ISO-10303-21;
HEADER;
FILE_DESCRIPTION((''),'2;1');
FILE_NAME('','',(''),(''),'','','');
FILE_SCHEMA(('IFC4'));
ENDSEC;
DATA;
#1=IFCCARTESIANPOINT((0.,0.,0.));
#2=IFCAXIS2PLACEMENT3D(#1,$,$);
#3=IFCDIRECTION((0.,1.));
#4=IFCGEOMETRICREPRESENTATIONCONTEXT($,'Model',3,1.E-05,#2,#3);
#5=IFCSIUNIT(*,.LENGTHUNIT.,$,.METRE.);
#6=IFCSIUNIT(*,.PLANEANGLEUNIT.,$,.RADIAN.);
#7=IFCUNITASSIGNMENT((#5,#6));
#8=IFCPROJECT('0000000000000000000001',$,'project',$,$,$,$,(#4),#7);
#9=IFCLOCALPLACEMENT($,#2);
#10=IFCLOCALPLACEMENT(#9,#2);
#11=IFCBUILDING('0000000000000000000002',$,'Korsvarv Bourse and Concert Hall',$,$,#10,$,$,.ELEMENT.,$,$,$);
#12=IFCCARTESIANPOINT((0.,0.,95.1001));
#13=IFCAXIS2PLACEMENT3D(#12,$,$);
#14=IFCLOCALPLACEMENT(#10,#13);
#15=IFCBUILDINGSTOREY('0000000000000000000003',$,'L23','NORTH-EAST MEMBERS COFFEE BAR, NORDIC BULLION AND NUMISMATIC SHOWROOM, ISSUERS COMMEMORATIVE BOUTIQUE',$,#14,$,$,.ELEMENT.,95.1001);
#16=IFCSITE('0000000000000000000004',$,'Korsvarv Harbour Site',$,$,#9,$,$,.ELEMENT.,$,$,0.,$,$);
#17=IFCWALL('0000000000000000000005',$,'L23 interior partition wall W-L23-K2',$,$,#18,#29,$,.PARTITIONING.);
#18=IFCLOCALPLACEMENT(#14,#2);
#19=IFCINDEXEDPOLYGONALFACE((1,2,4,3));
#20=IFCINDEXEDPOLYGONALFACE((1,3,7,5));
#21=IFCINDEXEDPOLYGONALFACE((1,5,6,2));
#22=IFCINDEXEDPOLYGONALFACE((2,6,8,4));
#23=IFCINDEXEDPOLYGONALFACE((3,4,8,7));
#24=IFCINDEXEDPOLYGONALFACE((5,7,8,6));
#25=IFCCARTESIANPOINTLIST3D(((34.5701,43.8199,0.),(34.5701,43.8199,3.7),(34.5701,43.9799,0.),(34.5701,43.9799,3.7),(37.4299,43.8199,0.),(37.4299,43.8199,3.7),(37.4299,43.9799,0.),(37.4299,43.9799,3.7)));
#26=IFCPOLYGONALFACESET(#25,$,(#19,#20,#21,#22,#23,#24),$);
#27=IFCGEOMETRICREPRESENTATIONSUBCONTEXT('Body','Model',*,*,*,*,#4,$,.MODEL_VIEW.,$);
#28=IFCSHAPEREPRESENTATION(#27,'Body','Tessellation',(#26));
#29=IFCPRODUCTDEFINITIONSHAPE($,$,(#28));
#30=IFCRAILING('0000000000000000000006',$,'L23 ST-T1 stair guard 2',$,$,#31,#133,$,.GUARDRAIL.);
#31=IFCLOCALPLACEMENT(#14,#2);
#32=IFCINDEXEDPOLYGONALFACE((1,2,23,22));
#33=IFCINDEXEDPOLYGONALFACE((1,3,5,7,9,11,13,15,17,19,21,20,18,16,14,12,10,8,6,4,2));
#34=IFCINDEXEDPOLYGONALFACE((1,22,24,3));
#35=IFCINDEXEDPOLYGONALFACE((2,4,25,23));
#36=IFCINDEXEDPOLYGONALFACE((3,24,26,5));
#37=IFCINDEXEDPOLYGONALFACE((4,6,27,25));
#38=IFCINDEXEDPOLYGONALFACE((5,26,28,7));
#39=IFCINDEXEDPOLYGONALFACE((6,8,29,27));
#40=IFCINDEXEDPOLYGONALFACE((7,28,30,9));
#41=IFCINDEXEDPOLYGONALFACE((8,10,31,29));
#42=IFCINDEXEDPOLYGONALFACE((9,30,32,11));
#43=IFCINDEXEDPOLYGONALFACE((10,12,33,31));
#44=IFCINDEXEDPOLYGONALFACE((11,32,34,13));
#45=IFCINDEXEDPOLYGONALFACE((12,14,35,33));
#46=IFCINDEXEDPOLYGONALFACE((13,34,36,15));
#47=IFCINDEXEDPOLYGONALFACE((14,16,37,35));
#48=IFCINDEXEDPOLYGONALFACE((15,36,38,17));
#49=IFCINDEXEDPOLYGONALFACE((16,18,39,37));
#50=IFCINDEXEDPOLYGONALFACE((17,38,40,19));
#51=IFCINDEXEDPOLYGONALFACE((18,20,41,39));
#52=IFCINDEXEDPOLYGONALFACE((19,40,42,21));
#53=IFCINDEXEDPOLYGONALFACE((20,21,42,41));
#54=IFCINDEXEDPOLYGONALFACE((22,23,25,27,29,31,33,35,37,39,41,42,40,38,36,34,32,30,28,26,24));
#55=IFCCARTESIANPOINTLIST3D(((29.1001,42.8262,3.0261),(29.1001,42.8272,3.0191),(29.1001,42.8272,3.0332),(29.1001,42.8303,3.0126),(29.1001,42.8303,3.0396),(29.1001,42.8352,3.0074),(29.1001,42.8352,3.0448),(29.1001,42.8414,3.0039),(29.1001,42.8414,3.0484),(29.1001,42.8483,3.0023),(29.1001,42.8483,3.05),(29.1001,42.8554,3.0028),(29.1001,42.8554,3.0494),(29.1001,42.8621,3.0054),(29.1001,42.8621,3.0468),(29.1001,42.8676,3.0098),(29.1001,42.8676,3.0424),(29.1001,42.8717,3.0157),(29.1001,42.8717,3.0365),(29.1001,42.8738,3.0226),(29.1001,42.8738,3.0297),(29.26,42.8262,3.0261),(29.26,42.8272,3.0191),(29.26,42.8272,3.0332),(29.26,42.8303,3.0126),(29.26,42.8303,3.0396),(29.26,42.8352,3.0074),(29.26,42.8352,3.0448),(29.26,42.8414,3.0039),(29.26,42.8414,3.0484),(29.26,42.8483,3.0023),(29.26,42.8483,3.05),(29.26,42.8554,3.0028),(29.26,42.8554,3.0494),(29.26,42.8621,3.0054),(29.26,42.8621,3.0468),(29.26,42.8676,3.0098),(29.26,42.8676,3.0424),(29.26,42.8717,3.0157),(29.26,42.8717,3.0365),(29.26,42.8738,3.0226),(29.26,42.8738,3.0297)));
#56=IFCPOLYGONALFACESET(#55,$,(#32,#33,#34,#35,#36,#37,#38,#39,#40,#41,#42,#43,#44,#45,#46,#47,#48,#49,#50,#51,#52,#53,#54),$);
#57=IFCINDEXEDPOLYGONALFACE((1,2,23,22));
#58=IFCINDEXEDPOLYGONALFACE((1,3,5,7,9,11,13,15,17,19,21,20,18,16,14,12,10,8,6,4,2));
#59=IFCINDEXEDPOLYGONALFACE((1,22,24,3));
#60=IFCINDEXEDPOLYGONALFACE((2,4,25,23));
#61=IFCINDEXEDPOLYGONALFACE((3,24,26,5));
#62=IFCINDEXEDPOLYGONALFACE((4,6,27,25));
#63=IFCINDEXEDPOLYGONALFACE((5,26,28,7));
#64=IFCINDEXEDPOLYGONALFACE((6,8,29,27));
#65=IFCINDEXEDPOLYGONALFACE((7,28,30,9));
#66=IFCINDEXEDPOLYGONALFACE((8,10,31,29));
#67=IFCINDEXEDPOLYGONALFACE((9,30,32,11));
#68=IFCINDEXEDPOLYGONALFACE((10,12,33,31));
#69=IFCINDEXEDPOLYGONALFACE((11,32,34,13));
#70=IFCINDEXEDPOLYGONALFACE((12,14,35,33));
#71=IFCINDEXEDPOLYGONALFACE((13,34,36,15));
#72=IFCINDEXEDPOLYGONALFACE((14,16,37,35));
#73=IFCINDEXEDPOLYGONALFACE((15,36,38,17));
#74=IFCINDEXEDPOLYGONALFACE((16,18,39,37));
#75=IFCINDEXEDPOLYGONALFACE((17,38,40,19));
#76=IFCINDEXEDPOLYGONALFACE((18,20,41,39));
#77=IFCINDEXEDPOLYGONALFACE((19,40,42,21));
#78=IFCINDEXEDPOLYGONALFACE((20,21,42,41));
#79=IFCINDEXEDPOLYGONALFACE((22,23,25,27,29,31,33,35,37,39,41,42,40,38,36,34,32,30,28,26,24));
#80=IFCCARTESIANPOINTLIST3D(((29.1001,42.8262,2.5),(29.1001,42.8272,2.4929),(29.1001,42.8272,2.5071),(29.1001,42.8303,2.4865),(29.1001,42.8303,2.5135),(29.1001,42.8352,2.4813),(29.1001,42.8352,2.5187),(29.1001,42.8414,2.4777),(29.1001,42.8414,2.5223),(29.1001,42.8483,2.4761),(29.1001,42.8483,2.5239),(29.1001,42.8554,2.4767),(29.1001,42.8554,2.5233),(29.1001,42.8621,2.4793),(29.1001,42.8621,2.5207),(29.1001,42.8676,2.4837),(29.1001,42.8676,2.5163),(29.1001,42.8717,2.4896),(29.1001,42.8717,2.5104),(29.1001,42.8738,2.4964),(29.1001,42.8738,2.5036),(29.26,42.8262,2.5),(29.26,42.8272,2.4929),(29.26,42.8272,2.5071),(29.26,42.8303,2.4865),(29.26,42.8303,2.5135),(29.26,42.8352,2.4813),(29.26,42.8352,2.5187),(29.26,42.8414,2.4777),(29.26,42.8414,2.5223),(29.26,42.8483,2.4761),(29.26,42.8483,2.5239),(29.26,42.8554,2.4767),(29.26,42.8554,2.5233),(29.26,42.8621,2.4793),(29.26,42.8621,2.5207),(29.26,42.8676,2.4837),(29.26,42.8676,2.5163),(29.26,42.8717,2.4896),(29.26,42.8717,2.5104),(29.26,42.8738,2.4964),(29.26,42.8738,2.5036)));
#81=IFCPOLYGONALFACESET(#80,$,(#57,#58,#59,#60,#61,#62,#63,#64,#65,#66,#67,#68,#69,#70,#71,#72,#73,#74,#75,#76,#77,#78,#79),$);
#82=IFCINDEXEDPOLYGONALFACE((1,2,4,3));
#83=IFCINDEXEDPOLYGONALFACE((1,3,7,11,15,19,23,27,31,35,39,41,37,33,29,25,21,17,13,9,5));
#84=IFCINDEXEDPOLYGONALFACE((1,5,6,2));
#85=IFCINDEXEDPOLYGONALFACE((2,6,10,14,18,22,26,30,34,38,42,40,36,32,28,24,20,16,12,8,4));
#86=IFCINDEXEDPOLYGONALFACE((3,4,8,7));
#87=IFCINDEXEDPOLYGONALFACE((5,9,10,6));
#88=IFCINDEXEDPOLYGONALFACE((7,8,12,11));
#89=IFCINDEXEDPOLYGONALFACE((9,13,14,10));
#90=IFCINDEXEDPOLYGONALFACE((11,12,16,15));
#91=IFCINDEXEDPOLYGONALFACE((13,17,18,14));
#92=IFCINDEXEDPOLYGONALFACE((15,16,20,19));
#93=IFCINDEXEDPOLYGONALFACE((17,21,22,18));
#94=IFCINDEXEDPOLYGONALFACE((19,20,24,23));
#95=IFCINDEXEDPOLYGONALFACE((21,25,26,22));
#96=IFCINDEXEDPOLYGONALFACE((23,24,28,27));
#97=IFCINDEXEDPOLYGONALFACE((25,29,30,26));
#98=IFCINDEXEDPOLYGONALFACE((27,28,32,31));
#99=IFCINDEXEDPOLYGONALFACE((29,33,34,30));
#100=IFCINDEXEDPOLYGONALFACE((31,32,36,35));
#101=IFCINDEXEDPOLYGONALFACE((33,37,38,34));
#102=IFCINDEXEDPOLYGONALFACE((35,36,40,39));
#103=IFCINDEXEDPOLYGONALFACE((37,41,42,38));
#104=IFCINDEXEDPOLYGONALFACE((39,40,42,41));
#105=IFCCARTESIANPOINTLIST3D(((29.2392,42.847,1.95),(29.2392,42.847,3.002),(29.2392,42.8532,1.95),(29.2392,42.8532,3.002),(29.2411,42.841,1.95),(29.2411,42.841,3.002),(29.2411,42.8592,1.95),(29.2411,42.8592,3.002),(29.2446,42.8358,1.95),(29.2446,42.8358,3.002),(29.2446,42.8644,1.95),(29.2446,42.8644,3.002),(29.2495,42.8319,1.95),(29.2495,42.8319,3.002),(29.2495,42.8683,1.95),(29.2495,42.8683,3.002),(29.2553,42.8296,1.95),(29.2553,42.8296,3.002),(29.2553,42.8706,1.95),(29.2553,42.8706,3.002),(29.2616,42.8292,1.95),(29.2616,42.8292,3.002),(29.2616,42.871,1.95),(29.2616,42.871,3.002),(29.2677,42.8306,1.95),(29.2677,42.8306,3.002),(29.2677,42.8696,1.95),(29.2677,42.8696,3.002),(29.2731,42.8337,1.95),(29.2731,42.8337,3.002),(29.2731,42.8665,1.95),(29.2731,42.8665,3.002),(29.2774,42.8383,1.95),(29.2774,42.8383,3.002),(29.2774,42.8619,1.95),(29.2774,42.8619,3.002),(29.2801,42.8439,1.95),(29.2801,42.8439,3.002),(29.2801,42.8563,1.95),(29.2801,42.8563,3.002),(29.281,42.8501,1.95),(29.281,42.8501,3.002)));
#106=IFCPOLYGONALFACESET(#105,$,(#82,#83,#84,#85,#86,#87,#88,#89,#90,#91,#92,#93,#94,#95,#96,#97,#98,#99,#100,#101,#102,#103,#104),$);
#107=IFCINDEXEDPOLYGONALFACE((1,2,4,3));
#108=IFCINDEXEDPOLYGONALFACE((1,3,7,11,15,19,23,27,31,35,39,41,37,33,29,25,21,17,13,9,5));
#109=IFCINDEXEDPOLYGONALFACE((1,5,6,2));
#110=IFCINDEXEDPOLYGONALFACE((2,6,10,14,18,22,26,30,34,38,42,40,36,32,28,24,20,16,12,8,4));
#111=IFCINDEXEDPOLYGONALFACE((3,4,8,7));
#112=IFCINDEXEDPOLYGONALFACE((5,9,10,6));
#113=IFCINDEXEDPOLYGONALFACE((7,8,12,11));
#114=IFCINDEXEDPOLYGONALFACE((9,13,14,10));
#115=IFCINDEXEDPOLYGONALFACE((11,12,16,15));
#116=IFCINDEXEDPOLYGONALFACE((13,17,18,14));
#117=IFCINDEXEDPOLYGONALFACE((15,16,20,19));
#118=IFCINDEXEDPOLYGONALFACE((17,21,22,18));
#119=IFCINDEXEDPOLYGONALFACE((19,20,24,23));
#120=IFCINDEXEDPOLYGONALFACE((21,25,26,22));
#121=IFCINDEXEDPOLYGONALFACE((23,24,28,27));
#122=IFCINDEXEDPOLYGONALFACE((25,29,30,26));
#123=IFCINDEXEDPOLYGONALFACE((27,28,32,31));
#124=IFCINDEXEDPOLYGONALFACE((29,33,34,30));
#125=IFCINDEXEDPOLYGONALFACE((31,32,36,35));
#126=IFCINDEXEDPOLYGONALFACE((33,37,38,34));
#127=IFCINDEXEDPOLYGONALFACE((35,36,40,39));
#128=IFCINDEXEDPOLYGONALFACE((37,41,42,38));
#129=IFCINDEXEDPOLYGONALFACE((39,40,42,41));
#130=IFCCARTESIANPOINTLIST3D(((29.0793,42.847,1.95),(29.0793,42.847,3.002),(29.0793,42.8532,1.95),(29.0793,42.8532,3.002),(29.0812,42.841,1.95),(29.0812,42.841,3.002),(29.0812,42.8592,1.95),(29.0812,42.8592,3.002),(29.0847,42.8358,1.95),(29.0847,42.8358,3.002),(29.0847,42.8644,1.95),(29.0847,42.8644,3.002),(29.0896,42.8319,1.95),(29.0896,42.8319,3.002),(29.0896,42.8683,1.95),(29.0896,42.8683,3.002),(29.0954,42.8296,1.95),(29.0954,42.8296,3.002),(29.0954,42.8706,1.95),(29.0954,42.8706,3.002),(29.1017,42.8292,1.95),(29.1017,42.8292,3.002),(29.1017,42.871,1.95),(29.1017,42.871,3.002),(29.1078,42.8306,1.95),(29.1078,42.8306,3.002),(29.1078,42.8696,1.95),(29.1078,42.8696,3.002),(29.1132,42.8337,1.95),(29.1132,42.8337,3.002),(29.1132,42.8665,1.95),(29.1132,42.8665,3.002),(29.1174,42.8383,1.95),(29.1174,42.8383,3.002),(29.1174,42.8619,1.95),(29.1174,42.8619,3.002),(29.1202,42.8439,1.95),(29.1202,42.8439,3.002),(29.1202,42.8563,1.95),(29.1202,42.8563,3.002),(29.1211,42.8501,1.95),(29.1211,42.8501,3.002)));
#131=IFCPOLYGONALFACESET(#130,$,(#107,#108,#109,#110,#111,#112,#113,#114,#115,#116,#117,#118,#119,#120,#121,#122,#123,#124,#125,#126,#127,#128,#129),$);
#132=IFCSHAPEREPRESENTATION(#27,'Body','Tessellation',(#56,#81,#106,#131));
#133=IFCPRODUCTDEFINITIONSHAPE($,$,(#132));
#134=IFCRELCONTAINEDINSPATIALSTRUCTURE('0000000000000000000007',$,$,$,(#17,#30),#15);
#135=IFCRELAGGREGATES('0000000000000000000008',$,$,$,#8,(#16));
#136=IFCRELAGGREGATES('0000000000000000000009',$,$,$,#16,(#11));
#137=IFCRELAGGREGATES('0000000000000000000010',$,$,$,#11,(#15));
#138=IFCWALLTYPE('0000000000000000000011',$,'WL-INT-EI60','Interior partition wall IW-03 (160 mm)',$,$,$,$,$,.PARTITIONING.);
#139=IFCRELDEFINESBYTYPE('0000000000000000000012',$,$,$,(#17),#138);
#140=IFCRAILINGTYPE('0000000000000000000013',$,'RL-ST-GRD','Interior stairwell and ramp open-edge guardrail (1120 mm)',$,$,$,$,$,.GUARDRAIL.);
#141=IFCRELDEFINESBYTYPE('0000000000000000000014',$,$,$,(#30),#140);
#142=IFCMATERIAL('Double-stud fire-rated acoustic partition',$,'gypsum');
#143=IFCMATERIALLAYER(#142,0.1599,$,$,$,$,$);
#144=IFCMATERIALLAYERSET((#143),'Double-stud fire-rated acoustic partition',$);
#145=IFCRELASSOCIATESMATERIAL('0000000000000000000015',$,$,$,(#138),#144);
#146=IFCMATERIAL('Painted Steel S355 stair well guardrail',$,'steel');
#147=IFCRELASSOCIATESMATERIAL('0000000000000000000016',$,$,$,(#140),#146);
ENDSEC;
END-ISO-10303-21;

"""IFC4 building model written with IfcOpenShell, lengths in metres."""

from ifc_helpers import new_model, si_unit, direction, frame, frame_2d, origin, origin_2d, place, context, subcontext, project, spatial, rectangle, circle, extrude, material, layer, layer_set, type_object, element, save


model = new_model("IFC4")

# Units and contexts
model_context = context("Model", 3, precision=1e-05, world=origin(), true_north=direction((0.0, 1.0)))
body_context = subcontext(model_context, "Body", "Model", "MODEL_VIEW")
ifc_project = project(units=[si_unit("LENGTHUNIT", "METRE"), si_unit("PLANEANGLEUNIT", "RADIAN")], contexts=[model_context])

# Site, building, storey
site_placement = place(None, origin())
site = spatial("IfcSite", under=ifc_project, at=site_placement, Name="Korsvarv Harbour Site", CompositionType="ELEMENT", RefElevation=0.0)
building_placement = place(site_placement, origin())
building = spatial("IfcBuilding", under=site, at=building_placement, Name="Korsvarv Bourse and Concert Hall", CompositionType="ELEMENT")
storey_placement = place(building_placement, frame((0.0, 0.0, 95.1001)))
storey = spatial("IfcBuildingStorey", under=building, at=storey_placement, Name="L23", Description="NORTH-EAST MEMBERS COFFEE BAR, NORDIC BULLION AND NUMISMATIC SHOWROOM, ISSUERS COMMEMORATIVE BOUTIQUE", CompositionType="ELEMENT", Elevation=95.1001)

# Wall
ifc_material_1 = material(Name="Double-stud fire-rated acoustic partition", Category="gypsum")
ifc_layer_1 = layer(ifc_material_1, 0.1599)
ifc_layer_set_1 = layer_set([ifc_layer_1], Name="Double-stud fire-rated acoustic partition")
wall_type_1 = type_object("IfcWallType", Name="WL-INT-EI60", Description="Interior partition wall IW-03 (160 mm)", PredefinedType="PARTITIONING", material=ifc_layer_set_1)
wall_1_placement = place(storey_placement, frame((34.5701, 43.8999, 0.0), z_axis=(0.0, 0.0, 1.0), x_axis=(1.0, 0.0, 0.0)))
element("IfcWall", 1, at=wall_1_placement, inside=storey, type_object=wall_type_1, Name="L23 interior partition wall W-L23-K2", PredefinedType="PARTITIONING", context=body_context, shape_type="SweptSolid", body=[
    extrude(rectangle(XDim=2.8599, YDim=0.1599, at=frame_2d((1.4299, 0.0))), origin(), (0.0, 0.0, 1.0), 3.7),
])

# Railing
ifc_material_2 = material(Name="Painted Steel S355 stair well guardrail", Category="steel")
railing_type = type_object("IfcRailingType", Name="RL-ST-GRD", Description="Interior stairwell and ramp open-edge guardrail (1120 mm)", PredefinedType="GUARDRAIL", material=ifc_material_2)
railing_1_placement = place(storey_placement, frame((29.26, 42.8501, 1.95)))
element("IfcRailing", 2, at=railing_1_placement, inside=storey, type_object=railing_type, Name="L23 ST-T1 stair guard 2", PredefinedType="GUARDRAIL", context=body_context, shape_type="SweptSolid", body=[
    extrude(circle(Radius=0.0239, at=origin_2d()), frame((0.0, 0.0, 1.0762), z_axis=(-1.0, 0.0, 0.0), x_axis=(0.0, -1.0, 0.0)), (0.0, 0.0, 1.0), 0.1599),
    extrude(circle(Radius=0.0239, at=origin_2d()), frame((0.0, 0.0, 0.55), z_axis=(-1.0, 0.0, 0.0), x_axis=(0.0, -1.0, 0.0)), (0.0, 0.0, 1.0), 0.1599),
    extrude(circle(Radius=0.021, at=origin_2d()), origin(), (0.0, 0.0, 1.0), 1.052),
    extrude(circle(Radius=0.021, at=origin_2d()), frame((-0.1599, 0.0, 0.0)), (0.0, 0.0, 1.0), 1.052),
])

save(model, "model.ifc")
